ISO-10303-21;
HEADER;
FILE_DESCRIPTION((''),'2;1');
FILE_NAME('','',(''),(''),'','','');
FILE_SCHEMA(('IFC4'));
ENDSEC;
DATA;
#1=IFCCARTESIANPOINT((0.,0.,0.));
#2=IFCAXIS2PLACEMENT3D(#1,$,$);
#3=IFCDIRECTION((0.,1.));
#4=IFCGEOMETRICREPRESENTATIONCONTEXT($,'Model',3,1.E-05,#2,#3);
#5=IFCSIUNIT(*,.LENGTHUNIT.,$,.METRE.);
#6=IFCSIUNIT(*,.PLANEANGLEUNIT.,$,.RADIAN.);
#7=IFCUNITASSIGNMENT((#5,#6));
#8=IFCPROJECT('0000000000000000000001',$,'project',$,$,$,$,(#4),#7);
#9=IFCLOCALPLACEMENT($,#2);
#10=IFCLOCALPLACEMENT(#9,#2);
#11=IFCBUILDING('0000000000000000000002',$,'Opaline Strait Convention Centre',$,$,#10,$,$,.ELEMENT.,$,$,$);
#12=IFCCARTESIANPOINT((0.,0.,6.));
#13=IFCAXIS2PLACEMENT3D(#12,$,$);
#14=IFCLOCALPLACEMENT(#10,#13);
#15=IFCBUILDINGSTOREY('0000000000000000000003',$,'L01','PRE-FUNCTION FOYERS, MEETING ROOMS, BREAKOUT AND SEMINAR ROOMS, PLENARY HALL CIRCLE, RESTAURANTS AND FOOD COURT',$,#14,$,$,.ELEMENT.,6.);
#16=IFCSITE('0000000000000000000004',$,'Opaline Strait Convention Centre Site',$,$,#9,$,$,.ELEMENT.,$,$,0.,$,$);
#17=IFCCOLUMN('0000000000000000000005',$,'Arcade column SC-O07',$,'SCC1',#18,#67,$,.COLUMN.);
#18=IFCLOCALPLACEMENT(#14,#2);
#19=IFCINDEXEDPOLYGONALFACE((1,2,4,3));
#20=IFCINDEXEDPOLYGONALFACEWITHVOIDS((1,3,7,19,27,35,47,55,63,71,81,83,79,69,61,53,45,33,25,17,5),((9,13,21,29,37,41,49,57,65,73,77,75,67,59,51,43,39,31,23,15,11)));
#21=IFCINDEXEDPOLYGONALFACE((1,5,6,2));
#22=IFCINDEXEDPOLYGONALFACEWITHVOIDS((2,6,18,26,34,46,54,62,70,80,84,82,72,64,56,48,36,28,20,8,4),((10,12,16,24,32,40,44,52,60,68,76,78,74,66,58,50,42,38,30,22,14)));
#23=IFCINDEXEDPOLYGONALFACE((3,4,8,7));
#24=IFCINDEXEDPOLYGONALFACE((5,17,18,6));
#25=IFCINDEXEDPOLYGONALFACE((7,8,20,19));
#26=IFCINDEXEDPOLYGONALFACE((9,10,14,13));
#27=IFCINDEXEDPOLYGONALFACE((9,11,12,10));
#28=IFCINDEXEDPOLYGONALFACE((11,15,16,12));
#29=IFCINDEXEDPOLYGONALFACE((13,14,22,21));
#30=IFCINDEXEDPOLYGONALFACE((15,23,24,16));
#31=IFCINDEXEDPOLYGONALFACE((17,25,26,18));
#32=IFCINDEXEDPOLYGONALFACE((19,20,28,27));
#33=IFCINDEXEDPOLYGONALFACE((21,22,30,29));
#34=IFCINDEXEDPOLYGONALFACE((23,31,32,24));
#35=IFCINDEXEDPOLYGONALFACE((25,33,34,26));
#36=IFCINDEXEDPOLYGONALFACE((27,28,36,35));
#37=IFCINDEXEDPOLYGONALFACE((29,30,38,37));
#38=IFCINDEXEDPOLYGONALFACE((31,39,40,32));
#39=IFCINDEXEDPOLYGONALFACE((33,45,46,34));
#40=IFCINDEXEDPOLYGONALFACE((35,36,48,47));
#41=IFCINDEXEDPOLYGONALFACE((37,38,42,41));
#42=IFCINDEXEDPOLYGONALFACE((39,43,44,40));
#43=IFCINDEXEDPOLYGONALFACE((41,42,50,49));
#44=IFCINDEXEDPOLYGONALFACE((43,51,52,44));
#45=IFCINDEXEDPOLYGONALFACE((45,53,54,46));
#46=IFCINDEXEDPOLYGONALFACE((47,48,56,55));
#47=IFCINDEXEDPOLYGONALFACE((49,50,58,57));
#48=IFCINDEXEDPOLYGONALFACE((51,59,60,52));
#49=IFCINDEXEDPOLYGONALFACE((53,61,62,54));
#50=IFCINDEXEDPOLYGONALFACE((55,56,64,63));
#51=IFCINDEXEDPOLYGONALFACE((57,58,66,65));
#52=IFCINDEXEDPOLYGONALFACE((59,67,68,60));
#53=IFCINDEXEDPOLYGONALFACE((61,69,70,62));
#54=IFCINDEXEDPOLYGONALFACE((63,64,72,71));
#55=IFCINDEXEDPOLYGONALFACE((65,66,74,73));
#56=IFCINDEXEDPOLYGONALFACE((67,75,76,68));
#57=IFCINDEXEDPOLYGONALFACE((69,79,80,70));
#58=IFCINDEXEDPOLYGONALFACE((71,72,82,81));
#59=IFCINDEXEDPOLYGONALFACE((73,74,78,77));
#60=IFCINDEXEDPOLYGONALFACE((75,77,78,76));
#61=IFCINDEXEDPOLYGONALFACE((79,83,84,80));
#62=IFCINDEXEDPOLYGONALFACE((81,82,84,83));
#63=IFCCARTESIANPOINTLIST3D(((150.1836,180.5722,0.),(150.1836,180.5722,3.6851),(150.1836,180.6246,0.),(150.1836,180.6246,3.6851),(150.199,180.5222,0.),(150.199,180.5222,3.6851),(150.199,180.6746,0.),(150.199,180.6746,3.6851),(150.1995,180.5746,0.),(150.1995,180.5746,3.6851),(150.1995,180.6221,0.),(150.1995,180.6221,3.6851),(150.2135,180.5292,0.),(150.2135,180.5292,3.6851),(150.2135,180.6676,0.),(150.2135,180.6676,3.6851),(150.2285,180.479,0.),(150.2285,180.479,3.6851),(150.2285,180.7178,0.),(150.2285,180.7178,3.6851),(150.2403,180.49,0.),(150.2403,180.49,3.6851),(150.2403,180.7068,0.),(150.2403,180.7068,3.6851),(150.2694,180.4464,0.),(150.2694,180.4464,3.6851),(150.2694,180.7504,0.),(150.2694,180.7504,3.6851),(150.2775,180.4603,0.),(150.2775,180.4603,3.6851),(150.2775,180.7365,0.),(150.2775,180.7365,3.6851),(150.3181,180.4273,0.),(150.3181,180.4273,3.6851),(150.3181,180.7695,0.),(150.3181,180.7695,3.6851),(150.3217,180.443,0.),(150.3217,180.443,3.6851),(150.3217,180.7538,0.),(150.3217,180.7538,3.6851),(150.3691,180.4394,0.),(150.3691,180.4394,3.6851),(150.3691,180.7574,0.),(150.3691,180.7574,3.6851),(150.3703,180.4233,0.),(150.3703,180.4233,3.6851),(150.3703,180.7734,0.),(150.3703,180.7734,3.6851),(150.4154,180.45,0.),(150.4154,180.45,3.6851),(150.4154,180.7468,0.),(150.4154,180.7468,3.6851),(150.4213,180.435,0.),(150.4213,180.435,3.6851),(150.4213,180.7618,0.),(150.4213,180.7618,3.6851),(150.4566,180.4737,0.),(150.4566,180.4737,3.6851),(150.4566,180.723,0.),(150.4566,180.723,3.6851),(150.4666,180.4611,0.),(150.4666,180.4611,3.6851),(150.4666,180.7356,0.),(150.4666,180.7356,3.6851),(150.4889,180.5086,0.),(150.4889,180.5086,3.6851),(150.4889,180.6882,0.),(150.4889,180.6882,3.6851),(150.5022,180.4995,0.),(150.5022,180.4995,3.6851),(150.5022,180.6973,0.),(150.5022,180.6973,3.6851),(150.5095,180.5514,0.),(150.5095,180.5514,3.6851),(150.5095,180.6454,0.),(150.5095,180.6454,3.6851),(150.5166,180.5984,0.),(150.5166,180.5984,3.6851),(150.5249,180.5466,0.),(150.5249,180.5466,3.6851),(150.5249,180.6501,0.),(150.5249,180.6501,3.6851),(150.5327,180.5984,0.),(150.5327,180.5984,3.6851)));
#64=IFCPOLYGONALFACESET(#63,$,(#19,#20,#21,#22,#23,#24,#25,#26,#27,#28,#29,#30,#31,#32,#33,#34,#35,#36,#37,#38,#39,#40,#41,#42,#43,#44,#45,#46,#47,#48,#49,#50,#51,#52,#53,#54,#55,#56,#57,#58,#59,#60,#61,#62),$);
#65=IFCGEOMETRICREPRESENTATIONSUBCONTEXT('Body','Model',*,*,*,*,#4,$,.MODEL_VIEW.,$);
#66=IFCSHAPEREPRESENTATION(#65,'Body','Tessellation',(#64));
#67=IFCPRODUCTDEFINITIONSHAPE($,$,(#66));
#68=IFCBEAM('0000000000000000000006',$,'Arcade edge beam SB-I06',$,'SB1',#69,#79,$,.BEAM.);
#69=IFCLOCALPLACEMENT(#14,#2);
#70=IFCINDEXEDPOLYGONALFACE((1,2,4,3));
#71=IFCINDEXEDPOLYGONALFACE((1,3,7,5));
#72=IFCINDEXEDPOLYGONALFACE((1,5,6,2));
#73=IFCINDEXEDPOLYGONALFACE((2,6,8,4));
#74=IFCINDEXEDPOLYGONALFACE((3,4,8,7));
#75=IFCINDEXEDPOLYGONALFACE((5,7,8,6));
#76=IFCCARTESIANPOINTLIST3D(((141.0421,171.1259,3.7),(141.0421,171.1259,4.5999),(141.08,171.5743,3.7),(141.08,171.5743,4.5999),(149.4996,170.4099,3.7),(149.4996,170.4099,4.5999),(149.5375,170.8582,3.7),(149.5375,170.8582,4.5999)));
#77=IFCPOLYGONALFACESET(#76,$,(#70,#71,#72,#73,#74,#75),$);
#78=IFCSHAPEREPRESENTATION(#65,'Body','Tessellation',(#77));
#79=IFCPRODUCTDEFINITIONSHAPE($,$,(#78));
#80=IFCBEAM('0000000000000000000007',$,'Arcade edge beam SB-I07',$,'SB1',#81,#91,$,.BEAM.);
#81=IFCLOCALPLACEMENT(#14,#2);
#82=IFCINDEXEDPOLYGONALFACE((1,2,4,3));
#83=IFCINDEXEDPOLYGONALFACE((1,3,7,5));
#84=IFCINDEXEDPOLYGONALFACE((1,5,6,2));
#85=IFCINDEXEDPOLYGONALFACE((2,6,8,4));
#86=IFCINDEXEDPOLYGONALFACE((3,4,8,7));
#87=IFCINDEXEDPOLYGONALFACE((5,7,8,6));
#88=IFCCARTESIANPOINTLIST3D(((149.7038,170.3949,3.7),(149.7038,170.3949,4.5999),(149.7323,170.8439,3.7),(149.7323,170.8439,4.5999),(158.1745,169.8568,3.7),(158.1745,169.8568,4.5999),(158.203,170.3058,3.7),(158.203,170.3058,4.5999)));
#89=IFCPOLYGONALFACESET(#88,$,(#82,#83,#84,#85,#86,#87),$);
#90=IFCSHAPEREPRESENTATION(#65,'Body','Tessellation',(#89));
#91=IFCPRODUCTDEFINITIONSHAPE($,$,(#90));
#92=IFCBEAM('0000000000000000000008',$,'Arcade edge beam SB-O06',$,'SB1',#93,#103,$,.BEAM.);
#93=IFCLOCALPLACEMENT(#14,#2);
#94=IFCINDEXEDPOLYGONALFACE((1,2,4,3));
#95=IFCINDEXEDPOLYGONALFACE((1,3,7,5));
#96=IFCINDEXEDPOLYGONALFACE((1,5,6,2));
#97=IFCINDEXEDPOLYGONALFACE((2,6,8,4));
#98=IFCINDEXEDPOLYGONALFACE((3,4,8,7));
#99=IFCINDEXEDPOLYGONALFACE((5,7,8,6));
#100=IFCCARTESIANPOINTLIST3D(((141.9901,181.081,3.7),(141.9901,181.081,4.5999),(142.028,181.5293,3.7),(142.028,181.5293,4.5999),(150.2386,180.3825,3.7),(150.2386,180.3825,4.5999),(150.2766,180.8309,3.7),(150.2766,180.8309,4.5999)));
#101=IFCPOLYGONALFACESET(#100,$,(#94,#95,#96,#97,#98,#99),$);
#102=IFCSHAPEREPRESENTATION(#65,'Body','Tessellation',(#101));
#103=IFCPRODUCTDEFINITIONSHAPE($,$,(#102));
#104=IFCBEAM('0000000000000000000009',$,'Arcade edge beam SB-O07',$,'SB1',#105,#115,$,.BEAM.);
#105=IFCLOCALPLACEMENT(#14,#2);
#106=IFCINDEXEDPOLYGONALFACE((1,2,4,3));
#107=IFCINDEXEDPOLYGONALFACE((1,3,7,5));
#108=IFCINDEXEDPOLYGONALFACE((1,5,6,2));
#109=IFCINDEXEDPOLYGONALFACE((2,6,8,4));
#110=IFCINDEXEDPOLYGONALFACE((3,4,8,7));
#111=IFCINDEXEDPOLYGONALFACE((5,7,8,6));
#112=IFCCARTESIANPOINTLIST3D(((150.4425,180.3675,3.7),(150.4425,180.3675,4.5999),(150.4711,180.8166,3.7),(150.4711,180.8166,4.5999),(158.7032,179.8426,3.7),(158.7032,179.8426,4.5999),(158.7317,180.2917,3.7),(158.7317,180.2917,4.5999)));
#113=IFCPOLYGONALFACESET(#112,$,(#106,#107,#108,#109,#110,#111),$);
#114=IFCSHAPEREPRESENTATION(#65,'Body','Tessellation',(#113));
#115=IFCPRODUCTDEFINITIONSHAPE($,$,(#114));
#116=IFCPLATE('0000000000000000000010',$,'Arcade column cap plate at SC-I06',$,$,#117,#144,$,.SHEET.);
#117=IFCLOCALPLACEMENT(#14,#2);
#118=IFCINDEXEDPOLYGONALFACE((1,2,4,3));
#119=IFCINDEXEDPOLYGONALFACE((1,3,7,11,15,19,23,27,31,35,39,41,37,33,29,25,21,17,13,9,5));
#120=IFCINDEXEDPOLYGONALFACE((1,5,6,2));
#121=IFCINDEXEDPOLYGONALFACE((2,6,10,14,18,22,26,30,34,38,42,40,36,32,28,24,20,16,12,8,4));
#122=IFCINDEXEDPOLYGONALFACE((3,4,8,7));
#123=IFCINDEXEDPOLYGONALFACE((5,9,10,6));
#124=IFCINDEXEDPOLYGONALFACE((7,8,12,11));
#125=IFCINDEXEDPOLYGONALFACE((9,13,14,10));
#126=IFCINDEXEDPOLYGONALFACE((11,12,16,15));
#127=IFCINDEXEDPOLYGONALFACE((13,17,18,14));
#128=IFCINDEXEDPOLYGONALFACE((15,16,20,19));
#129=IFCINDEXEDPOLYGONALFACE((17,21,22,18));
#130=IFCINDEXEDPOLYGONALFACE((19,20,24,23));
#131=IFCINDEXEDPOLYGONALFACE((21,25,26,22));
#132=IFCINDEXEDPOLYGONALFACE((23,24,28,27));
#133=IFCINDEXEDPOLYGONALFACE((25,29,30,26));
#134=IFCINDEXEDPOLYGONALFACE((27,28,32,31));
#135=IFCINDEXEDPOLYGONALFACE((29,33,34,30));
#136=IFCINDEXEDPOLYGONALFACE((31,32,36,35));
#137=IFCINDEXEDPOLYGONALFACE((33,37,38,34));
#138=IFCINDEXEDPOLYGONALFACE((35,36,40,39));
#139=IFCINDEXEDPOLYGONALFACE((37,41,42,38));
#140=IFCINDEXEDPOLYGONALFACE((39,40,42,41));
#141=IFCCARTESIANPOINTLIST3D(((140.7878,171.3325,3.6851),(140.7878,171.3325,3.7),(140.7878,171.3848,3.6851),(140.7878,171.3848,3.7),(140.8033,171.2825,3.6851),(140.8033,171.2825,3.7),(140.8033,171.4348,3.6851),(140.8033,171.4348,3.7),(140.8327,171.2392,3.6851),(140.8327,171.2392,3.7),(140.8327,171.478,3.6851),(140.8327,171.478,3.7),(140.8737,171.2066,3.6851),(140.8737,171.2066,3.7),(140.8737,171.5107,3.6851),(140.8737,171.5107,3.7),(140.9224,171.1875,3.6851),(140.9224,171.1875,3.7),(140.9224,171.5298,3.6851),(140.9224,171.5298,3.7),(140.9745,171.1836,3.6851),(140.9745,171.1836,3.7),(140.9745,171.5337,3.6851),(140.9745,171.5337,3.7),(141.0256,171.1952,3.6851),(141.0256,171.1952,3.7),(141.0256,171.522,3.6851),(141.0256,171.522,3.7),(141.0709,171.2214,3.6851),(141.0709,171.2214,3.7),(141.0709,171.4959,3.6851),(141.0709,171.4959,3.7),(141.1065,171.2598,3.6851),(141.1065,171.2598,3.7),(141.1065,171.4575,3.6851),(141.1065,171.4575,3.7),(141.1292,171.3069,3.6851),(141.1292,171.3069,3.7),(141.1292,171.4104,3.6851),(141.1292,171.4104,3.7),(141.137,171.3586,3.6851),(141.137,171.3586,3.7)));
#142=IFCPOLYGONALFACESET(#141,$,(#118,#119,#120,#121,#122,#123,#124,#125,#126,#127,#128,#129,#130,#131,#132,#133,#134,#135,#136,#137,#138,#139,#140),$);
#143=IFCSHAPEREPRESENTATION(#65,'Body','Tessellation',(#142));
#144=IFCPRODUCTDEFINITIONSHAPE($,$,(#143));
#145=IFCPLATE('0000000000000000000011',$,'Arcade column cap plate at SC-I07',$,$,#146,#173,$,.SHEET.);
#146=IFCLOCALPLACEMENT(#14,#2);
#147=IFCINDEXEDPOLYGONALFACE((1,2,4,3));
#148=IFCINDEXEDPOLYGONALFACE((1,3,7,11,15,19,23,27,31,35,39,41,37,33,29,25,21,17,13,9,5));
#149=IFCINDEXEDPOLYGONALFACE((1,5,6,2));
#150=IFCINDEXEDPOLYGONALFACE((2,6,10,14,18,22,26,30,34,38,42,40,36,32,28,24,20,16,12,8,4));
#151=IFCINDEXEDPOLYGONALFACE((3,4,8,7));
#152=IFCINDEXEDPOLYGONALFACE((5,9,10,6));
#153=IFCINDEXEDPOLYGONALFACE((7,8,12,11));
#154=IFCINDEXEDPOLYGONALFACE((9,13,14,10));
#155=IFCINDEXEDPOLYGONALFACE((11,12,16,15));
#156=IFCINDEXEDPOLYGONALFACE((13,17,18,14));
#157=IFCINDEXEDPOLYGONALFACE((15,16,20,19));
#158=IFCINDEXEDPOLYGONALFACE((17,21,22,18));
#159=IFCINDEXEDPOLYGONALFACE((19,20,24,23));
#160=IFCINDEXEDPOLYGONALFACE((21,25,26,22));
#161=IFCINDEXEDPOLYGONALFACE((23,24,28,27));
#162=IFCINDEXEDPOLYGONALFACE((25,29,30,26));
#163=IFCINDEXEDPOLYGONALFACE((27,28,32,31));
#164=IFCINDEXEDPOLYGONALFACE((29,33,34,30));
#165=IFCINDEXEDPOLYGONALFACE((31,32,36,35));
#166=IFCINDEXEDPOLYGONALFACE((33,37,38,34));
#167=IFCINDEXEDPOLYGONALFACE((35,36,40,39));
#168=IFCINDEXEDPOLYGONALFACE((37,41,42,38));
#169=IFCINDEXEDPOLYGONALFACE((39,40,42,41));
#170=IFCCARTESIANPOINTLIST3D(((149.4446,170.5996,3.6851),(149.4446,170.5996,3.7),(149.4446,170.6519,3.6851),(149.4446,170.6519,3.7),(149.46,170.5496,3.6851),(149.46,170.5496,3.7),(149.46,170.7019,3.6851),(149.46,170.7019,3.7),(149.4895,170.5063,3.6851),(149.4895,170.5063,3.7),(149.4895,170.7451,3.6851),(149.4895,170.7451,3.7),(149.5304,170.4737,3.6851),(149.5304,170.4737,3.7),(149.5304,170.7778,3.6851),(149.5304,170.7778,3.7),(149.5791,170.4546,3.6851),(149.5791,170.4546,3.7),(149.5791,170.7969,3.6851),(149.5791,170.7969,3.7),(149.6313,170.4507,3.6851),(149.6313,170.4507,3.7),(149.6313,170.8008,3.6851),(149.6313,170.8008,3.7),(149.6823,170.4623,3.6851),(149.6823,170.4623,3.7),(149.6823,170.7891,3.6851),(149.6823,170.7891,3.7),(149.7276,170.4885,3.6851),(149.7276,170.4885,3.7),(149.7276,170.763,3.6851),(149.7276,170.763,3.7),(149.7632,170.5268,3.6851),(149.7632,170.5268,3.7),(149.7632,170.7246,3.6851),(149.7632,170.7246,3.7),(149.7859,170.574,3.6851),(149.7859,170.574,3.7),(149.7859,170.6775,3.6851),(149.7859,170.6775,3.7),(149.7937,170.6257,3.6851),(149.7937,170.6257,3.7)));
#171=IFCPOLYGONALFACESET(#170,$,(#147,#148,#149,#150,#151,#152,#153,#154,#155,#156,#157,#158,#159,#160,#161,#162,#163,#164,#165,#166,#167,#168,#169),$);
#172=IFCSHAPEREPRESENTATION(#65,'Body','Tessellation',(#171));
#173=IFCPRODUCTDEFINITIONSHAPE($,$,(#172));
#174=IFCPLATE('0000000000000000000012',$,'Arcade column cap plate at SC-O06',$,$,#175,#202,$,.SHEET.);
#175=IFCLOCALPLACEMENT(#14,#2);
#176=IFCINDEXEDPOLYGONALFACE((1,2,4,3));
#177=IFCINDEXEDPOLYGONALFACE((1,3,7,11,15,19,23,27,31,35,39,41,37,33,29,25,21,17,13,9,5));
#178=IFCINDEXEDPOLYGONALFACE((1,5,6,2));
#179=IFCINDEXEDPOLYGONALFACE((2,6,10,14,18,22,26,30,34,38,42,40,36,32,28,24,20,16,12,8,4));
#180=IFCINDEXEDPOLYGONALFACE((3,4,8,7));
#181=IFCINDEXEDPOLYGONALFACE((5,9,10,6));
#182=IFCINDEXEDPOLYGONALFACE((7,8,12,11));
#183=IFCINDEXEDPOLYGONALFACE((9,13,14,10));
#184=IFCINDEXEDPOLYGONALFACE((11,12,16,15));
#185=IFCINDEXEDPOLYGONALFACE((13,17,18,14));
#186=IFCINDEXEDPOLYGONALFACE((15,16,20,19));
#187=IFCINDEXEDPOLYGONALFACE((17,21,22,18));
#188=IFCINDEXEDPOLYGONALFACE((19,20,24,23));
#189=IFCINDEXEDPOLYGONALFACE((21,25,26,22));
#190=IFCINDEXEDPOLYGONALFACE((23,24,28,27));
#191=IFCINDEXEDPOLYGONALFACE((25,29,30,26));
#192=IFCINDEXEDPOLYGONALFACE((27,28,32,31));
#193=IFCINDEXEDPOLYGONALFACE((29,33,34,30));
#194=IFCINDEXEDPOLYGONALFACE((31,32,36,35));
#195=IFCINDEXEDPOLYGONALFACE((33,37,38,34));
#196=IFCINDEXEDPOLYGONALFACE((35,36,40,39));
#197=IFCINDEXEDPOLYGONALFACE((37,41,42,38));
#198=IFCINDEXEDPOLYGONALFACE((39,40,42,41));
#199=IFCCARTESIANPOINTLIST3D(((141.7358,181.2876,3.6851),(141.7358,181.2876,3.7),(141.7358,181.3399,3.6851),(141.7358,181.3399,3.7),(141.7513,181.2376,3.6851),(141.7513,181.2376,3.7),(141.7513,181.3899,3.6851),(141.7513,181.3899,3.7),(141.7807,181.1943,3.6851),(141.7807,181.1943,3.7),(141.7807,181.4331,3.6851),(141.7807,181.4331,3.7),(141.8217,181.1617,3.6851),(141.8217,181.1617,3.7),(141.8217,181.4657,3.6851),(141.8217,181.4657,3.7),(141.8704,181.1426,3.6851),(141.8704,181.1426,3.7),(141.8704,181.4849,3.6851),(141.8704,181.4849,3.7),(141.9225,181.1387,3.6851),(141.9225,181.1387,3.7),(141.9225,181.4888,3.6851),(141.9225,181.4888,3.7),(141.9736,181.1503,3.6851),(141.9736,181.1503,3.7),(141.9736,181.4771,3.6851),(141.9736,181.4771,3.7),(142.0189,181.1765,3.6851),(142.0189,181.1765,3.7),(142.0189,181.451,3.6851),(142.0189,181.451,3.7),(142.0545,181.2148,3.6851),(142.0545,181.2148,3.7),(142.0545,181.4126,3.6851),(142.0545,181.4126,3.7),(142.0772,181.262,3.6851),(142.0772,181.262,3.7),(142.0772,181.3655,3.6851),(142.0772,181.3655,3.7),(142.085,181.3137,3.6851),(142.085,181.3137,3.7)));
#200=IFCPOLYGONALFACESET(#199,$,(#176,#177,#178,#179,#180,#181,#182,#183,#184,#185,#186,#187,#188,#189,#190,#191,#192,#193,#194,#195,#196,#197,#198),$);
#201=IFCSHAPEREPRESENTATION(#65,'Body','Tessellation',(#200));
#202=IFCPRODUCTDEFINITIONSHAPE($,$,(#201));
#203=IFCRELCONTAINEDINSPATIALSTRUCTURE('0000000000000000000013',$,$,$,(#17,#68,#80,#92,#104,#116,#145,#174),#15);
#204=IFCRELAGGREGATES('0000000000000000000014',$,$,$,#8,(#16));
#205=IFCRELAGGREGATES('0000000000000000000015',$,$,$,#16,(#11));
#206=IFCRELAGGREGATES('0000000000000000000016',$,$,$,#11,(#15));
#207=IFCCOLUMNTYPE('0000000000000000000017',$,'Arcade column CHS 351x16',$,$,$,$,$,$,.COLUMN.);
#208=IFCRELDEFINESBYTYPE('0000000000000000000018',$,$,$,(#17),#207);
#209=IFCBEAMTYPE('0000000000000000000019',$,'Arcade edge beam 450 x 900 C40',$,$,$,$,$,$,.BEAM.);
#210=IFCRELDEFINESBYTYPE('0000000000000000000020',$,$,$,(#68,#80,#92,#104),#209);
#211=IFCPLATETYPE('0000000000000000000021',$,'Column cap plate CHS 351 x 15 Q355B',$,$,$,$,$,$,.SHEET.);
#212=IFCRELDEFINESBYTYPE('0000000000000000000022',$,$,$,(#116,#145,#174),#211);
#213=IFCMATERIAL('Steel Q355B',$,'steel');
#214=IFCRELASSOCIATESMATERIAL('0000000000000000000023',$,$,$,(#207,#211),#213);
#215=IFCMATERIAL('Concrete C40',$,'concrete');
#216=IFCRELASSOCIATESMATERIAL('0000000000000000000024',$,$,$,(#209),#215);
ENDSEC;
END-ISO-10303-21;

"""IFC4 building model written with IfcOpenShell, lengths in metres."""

from ifc_helpers import new_model, si_unit, direction, frame, origin, origin_2d, place, context, subcontext, project, spatial, rectangle, circle, hollow_circle, extrude, material, material_profile, profile_set, type_object, element, save


model = new_model("IFC4")

# Units and contexts
model_context = context("Model", 3, precision=1e-05, world=origin(), true_north=direction((0.0, 1.0)))
body_context = subcontext(model_context, "Body", "Model", "MODEL_VIEW")
ifc_project = project(units=[si_unit("LENGTHUNIT", "METRE"), si_unit("PLANEANGLEUNIT", "RADIAN")], contexts=[model_context])

# Site, building, storey
site_placement = place(None, origin())
site = spatial("IfcSite", under=ifc_project, at=site_placement, Name="Opaline Strait Convention Centre Site", CompositionType="ELEMENT", RefElevation=0.0)
building_placement = place(site_placement, origin())
building = spatial("IfcBuilding", under=site, at=building_placement, Name="Opaline Strait Convention Centre", CompositionType="ELEMENT")
storey_placement = place(building_placement, frame((0.0, 0.0, 6.0)))
storey = spatial("IfcBuildingStorey", under=building, at=storey_placement, Name="L01", Description="PRE-FUNCTION FOYERS, MEETING ROOMS, BREAKOUT AND SEMINAR ROOMS, PLENARY HALL CIRCLE, RESTAURANTS AND FOOD COURT", CompositionType="ELEMENT", Elevation=6.0)

# Column
ifc_material_1 = material(Name="Steel Q355B", Category="steel")
ifc_material_profile_1 = material_profile(ifc_material_1, hollow_circle(Radius=0.1755, WallThickness=0.0161, at=origin_2d()), Name="CHS 351x16")
ifc_profile_set_1 = profile_set([ifc_material_profile_1], Name="Steel Q355B")
column_type = type_object("IfcColumnType", Name="Arcade column CHS 351x16", PredefinedType="COLUMN", material=ifc_profile_set_1)
for number, where, z_axis, x_axis, name in (
    (1, (150.3572, 180.5984, 0.0), (0.0, 0.0, 1.0), (1.0, 0.0, 0.0), "Arcade column SC-O07"),
):
    element("IfcColumn", number, at=place(storey_placement, frame(where, z_axis=z_axis, x_axis=x_axis)), inside=storey, type_object=column_type, Name=name, ObjectType="SCC1", PredefinedType="COLUMN", context=body_context, shape_type="SweptSolid", body=[
        extrude(hollow_circle(Radius=0.1755, WallThickness=0.0161, at=origin_2d()), origin(), (0.0, 0.0, 1.0), 3.6851),
    ])

# Beams
ifc_material_2 = material(Name="Concrete C40", Category="concrete")
ifc_material_profile_2 = material_profile(ifc_material_2, rectangle(XDim=0.45, YDim=0.8999, at=origin_2d()), Name="RC 450x900")
ifc_profile_set_2 = profile_set([ifc_material_profile_2], Name="Concrete C40")
beam_type = type_object("IfcBeamType", Name="Arcade edge beam 450 x 900 C40", PredefinedType="BEAM", material=ifc_profile_set_2)
for number, where, z_axis, x_axis, name in (
    (2, (141.061, 171.3501, 4.1499), (0.996435, -0.084364, 0.0), (0.084364, 0.996435, 0.0), "Arcade edge beam SB-I06"),
    (3, (149.718, 170.6194, 4.1499), (0.997988, -0.063395, 0.0), (0.063395, 0.997988, 0.0), "Arcade edge beam SB-I07"),
):
    element("IfcBeam", number, at=place(storey_placement, frame(where, z_axis=z_axis, x_axis=x_axis)), inside=storey, type_object=beam_type, Name=name, ObjectType="SB1", PredefinedType="BEAM", context=body_context, shape_type="SweptSolid", body=[
        extrude(rectangle(XDim=0.45, YDim=0.8999, at=origin_2d()), origin(), (0.0, 0.0, 1.0), 8.4878),
    ])
beam_1_placement = place(storey_placement, frame((142.009, 181.3052, 4.1499), z_axis=(0.996434, -0.084378, 0.0), x_axis=(0.084378, 0.996434, 0.0)))
element("IfcBeam", 4, at=beam_1_placement, inside=storey, type_object=beam_type, Name="Arcade edge beam SB-O06", ObjectType="SB1", PredefinedType="BEAM", context=body_context, shape_type="SweptSolid", body=[
    extrude(rectangle(XDim=0.45, YDim=0.8999, at=origin_2d()), origin(), (0.0, 0.0, 1.0), 8.2781),
])
beam_2_placement = place(storey_placement, frame((150.4568, 180.592, 4.1499), z_axis=(0.997987, -0.063414, 0.0), x_axis=(0.063414, 0.997987, 0.0)))
element("IfcBeam", 5, at=beam_2_placement, inside=storey, type_object=beam_type, Name="Arcade edge beam SB-O07", ObjectType="SB1", PredefinedType="BEAM", context=body_context, shape_type="SweptSolid", body=[
    extrude(rectangle(XDim=0.45, YDim=0.8999, at=origin_2d()), origin(), (0.0, 0.0, 1.0), 8.2773),
])

# Plates
ifc_material_profile_3 = material_profile(ifc_material_1, circle(Radius=0.1755, at=origin_2d()), Name="D351")
ifc_profile_set_3 = profile_set([ifc_material_profile_3], Name="Steel Q355B")
plate_type = type_object("IfcPlateType", Name="Column cap plate CHS 351 x 15 Q355B", PredefinedType="SHEET", material=ifc_profile_set_3)
for number, where, z_axis, x_axis, name in (
    (6, (140.9614, 171.3586, 3.6851), (0.0, 0.0, 1.0), (1.0, 0.0, 0.0), "Arcade column cap plate at SC-I06"),
    (7, (149.6182, 170.6257, 3.6851), (0.0, 0.0, 1.0), (1.0, 0.0, 0.0), "Arcade column cap plate at SC-I07"),
    (8, (141.9094, 181.3137, 3.6851), (0.0, 0.0, 1.0), (1.0, 0.0, 0.0), "Arcade column cap plate at SC-O06"),
):
    element("IfcPlate", number, at=place(storey_placement, frame(where, z_axis=z_axis, x_axis=x_axis)), inside=storey, type_object=plate_type, Name=name, PredefinedType="SHEET", context=body_context, shape_type="SweptSolid", body=[
        extrude(circle(Radius=0.1755, at=origin_2d()), origin(), (0.0, 0.0, 1.0), 0.0149),
    ])

save(model, "model.ifc")
